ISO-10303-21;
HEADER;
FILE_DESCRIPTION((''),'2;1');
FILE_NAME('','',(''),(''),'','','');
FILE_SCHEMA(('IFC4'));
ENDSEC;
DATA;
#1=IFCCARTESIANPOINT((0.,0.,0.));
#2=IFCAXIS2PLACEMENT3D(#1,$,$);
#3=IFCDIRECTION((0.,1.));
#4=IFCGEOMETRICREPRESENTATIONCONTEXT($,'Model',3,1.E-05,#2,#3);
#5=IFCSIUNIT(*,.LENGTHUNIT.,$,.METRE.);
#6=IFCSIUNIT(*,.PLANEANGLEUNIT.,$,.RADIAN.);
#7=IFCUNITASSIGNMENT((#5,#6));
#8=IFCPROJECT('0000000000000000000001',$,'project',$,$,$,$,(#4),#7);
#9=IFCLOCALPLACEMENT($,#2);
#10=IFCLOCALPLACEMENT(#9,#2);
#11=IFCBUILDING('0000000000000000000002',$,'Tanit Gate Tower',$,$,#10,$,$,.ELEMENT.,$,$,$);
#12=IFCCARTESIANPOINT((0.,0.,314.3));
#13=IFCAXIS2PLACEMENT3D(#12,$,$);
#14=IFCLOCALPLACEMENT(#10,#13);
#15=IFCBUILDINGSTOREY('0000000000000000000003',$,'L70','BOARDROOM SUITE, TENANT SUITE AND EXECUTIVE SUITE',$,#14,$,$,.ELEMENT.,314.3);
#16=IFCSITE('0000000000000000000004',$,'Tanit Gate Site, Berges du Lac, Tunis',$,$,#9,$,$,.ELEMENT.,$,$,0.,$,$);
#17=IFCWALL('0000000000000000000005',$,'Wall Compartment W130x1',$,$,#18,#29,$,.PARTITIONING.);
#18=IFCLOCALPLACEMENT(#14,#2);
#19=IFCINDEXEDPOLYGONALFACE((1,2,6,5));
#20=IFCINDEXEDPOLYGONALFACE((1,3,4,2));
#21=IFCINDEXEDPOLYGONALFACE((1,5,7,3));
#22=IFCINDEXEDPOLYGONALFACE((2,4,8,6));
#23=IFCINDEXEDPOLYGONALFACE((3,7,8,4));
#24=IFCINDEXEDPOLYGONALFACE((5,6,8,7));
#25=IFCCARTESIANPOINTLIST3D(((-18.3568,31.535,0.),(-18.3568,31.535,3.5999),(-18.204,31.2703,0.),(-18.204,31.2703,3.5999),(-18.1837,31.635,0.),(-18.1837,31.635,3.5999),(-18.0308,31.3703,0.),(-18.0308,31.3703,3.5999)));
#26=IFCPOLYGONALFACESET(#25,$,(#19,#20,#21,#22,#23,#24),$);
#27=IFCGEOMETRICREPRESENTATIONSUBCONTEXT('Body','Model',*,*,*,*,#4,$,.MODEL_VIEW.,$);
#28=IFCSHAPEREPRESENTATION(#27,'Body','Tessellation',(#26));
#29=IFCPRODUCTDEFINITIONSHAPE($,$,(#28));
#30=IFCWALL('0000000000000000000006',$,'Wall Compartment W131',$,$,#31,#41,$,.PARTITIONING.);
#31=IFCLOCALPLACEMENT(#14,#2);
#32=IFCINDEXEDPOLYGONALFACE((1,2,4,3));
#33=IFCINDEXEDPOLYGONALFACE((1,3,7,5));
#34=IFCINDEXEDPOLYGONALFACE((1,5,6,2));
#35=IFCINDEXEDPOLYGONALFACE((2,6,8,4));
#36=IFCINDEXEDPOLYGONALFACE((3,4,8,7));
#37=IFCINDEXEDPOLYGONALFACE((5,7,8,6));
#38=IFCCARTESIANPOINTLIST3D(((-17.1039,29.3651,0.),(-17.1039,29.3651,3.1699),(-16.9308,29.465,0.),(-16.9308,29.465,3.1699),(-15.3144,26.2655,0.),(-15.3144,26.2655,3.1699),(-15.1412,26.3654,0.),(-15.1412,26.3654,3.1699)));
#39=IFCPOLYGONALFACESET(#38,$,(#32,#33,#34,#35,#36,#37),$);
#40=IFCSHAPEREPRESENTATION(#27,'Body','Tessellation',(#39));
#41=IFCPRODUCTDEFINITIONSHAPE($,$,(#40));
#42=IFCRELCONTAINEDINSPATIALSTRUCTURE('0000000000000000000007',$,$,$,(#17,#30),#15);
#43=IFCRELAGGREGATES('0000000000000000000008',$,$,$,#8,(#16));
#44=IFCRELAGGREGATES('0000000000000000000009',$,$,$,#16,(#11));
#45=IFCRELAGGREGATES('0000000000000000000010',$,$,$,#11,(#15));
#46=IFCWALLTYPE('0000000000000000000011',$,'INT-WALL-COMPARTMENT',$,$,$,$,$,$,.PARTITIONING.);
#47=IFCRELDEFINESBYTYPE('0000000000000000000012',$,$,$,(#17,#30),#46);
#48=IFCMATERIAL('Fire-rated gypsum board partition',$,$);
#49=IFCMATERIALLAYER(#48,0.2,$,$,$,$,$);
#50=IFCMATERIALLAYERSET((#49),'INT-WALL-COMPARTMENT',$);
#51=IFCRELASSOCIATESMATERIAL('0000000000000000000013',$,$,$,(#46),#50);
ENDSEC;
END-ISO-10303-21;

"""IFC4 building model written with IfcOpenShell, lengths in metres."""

from ifc_helpers import new_model, si_unit, direction, frame, frame_2d, origin, place, context, subcontext, project, spatial, rectangle, extrude, material, layer, layer_set, type_object, element, save


model = new_model("IFC4")

# Units and contexts
model_context = context("Model", 3, precision=1e-05, world=origin(), true_north=direction((0.0, 1.0)))
body_context = subcontext(model_context, "Body", "Model", "MODEL_VIEW")
ifc_project = project(units=[si_unit("LENGTHUNIT", "METRE"), si_unit("PLANEANGLEUNIT", "RADIAN")], contexts=[model_context])

# Site, building, storey
site_placement = place(None, origin())
site = spatial("IfcSite", under=ifc_project, at=site_placement, Name="Tanit Gate Site, Berges du Lac, Tunis", CompositionType="ELEMENT", RefElevation=0.0)
building_placement = place(site_placement, origin())
building = spatial("IfcBuilding", under=site, at=building_placement, Name="Tanit Gate Tower", CompositionType="ELEMENT")
storey_placement = place(building_placement, frame((0.0, 0.0, 314.3)))
storey = spatial("IfcBuildingStorey", under=building, at=storey_placement, Name="L70", Description="BOARDROOM SUITE, TENANT SUITE AND EXECUTIVE SUITE", CompositionType="ELEMENT", Elevation=314.3)

# Shared definitions
ifc_material_1 = material(Name="Fire-rated gypsum board partition")
ifc_layer_1 = layer(ifc_material_1, 0.2)
ifc_layer_set_1 = layer_set([ifc_layer_1], Name="INT-WALL-COMPARTMENT")
wall_type_1 = type_object("IfcWallType", Name="INT-WALL-COMPARTMENT", PredefinedType="PARTITIONING", material=ifc_layer_set_1)

# Walls
wall_1_placement = place(storey_placement, frame((-18.2703, 31.585, 0.0), z_axis=(0.0, 0.0, 1.0), x_axis=(0.500091, -0.865973, 0.0)))
element("IfcWall", 1, at=wall_1_placement, inside=storey, type_object=wall_type_1, Name="Wall Compartment W130x1", PredefinedType="PARTITIONING", context=body_context, shape_type="SweptSolid", body=[
    extrude(rectangle(XDim=0.3057, YDim=0.2, at=frame_2d((0.1528, 0.0))), origin(), (0.0, 0.0, 1.0), 3.5999),
])
wall_2_placement = place(storey_placement, frame((-17.0173, 29.415, 0.0), z_axis=(0.0, 0.0, 1.0), x_axis=(0.499998, -0.866027, 0.0)))
element("IfcWall", 2, at=wall_2_placement, inside=storey, type_object=wall_type_1, Name="Wall Compartment W131", PredefinedType="PARTITIONING", context=body_context, shape_type="SweptSolid", body=[
    extrude(rectangle(XDim=3.5791, YDim=0.2, at=frame_2d((1.7896, 0.0))), origin(), (0.0, 0.0, 1.0), 3.1699),
])

save(model, "model.ifc")
